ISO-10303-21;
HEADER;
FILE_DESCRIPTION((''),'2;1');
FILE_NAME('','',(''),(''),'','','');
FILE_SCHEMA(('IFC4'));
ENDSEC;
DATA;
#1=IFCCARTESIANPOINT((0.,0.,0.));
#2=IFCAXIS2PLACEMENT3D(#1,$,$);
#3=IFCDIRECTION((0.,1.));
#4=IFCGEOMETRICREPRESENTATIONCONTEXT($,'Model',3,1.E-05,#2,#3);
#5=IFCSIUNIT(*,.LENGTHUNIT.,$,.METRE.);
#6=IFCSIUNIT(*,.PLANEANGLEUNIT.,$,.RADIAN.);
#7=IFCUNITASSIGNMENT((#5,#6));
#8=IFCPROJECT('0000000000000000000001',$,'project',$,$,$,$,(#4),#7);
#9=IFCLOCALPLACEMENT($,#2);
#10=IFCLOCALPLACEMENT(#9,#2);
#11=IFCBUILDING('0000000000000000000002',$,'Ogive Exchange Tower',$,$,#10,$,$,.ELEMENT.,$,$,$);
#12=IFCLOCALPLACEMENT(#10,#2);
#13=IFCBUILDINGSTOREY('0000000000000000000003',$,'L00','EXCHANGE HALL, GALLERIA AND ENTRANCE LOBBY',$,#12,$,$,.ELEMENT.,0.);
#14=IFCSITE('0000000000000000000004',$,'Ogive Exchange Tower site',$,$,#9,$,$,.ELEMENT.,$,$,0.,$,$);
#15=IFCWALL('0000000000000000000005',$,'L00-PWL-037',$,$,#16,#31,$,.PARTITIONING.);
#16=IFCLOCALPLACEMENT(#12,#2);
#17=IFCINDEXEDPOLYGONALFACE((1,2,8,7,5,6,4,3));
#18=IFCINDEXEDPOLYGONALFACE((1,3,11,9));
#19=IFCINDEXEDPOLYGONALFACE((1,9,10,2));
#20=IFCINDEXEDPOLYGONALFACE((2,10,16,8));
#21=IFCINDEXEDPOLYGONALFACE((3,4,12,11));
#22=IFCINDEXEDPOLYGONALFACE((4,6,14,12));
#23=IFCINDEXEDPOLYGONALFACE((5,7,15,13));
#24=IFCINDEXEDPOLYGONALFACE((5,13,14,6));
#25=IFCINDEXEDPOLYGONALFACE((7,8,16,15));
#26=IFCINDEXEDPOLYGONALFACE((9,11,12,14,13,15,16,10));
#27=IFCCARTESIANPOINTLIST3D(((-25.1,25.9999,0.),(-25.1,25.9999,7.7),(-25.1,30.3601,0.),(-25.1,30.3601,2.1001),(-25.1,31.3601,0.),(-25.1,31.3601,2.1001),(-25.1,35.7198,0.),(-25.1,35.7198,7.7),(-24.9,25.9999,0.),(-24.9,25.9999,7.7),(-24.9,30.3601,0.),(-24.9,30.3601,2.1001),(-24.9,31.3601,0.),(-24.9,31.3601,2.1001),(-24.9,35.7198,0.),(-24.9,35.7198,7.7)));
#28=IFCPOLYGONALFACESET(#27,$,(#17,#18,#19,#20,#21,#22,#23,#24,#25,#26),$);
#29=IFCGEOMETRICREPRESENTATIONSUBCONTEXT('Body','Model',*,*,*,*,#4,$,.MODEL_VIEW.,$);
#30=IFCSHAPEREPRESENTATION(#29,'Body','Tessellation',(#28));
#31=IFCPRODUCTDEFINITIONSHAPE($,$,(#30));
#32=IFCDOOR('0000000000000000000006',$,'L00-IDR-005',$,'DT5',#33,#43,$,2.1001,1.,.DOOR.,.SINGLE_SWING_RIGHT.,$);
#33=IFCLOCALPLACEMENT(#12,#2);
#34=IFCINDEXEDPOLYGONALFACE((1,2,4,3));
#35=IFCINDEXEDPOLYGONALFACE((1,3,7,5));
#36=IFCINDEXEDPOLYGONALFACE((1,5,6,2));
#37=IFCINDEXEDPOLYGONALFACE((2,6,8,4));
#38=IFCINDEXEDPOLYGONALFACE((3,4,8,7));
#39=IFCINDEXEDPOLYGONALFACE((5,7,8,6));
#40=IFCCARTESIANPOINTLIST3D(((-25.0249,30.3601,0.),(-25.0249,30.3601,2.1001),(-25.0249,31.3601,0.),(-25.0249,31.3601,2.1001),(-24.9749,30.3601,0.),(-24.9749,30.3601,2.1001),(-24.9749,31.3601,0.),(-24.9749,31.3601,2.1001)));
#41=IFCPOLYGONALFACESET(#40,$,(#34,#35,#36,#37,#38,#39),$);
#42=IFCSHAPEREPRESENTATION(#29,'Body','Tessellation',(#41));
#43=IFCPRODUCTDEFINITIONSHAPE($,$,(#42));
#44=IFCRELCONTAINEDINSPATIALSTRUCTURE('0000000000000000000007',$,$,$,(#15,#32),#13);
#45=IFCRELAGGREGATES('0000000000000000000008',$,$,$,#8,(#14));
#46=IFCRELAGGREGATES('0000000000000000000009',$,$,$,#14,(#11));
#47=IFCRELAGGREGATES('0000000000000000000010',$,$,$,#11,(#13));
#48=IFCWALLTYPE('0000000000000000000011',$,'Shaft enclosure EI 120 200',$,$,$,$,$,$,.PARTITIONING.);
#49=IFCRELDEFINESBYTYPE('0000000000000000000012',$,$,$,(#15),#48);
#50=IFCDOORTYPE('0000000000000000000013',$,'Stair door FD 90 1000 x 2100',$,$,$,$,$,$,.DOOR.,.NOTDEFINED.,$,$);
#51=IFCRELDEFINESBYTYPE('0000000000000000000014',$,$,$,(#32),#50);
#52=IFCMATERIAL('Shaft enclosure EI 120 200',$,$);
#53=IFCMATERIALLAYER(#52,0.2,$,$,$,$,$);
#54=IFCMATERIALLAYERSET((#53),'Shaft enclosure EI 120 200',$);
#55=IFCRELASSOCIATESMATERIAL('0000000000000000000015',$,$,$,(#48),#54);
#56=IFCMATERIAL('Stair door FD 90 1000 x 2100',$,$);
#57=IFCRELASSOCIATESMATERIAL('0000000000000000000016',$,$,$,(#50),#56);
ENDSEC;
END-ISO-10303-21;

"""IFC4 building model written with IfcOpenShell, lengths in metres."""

from ifc_helpers import new_model, si_unit, direction, frame, frame_2d, origin, place, context, subcontext, project, spatial, rectangle, extrude, material, layer, layer_set, type_object, element, fill, save


model = new_model("IFC4")

# Units and contexts
model_context = context("Model", 3, precision=1e-05, world=origin(), true_north=direction((0.0, 1.0)))
body_context = subcontext(model_context, "Body", "Model", "MODEL_VIEW")
ifc_project = project(units=[si_unit("LENGTHUNIT", "METRE"), si_unit("PLANEANGLEUNIT", "RADIAN")], contexts=[model_context])

# Site, building, storey
site_placement = place(None, origin())
site = spatial("IfcSite", under=ifc_project, at=site_placement, Name="Ogive Exchange Tower site", CompositionType="ELEMENT", RefElevation=0.0)
building_placement = place(site_placement, origin())
building = spatial("IfcBuilding", under=site, at=building_placement, Name="Ogive Exchange Tower", CompositionType="ELEMENT")
storey_placement = place(building_placement, origin())
storey = spatial("IfcBuildingStorey", under=building, at=storey_placement, Name="L00", Description="EXCHANGE HALL, GALLERIA AND ENTRANCE LOBBY", CompositionType="ELEMENT", Elevation=0.0)

# Wall, opening, door
ifc_material_1 = material(Name="Shaft enclosure EI 120 200")
ifc_layer_1 = layer(ifc_material_1, 0.2)
ifc_layer_set_1 = layer_set([ifc_layer_1], Name="Shaft enclosure EI 120 200")
wall_type_1 = type_object("IfcWallType", Name="Shaft enclosure EI 120 200", PredefinedType="PARTITIONING", material=ifc_layer_set_1)
wall_1_placement = place(storey_placement, frame((-25.0, 26.0, 0.0), z_axis=(0.0, 0.0, 1.0), x_axis=(0.0, 1.0, 0.0)))
wall_1 = element("IfcWall", 1, at=wall_1_placement, inside=storey, type_object=wall_type_1, Name="L00-PWL-037", PredefinedType="PARTITIONING", context=body_context, shape_type="SweptSolid", body=[
    extrude(rectangle(XDim=9.72, YDim=0.2, at=frame_2d((4.8599, 0.0))), origin(), (0.0, 0.0, 1.0), 7.7),
])
opening_placement = place(wall_1_placement, frame((4.3601, 0.0, 0.0)))
opening = element("IfcOpeningElement", 2, at=opening_placement, cuts=wall_1, PredefinedType="OPENING", context=body_context, shape_type="SweptSolid", body=[
    extrude(rectangle(XDim=1.0, YDim=2.1001, at=frame_2d((0.5, 1.05))), frame((0.0, 0.1099, 0.0), z_axis=(0.0, -1.0, 0.0), x_axis=(1.0, 0.0, 0.0)), (0.0, 0.0, 1.0), 0.22),
])
ifc_material_2 = material(Name="Stair door FD 90 1000 x 2100")
door_type = type_object("IfcDoorType", Name="Stair door FD 90 1000 x 2100", OperationType="NOTDEFINED", PredefinedType="DOOR", material=ifc_material_2)
door_placement = place(opening_placement, origin())
door = element("IfcDoor", 3, at=door_placement, inside=storey, type_object=door_type, Name="L00-IDR-005", ObjectType="DT5", OperationType="SINGLE_SWING_RIGHT", OverallHeight=2.1001, OverallWidth=1.0, PredefinedType="DOOR", context=body_context, shape_type="SweptSolid", body=[
    extrude(rectangle(XDim=1.0, YDim=2.1001, at=frame_2d((0.5, 1.05))), frame((0.0, 0.0249, 0.0), z_axis=(0.0, -1.0, 0.0), x_axis=(1.0, 0.0, 0.0)), (0.0, 0.0, 1.0), 0.05),
])
fill(opening, door)

save(model, "model.ifc")
